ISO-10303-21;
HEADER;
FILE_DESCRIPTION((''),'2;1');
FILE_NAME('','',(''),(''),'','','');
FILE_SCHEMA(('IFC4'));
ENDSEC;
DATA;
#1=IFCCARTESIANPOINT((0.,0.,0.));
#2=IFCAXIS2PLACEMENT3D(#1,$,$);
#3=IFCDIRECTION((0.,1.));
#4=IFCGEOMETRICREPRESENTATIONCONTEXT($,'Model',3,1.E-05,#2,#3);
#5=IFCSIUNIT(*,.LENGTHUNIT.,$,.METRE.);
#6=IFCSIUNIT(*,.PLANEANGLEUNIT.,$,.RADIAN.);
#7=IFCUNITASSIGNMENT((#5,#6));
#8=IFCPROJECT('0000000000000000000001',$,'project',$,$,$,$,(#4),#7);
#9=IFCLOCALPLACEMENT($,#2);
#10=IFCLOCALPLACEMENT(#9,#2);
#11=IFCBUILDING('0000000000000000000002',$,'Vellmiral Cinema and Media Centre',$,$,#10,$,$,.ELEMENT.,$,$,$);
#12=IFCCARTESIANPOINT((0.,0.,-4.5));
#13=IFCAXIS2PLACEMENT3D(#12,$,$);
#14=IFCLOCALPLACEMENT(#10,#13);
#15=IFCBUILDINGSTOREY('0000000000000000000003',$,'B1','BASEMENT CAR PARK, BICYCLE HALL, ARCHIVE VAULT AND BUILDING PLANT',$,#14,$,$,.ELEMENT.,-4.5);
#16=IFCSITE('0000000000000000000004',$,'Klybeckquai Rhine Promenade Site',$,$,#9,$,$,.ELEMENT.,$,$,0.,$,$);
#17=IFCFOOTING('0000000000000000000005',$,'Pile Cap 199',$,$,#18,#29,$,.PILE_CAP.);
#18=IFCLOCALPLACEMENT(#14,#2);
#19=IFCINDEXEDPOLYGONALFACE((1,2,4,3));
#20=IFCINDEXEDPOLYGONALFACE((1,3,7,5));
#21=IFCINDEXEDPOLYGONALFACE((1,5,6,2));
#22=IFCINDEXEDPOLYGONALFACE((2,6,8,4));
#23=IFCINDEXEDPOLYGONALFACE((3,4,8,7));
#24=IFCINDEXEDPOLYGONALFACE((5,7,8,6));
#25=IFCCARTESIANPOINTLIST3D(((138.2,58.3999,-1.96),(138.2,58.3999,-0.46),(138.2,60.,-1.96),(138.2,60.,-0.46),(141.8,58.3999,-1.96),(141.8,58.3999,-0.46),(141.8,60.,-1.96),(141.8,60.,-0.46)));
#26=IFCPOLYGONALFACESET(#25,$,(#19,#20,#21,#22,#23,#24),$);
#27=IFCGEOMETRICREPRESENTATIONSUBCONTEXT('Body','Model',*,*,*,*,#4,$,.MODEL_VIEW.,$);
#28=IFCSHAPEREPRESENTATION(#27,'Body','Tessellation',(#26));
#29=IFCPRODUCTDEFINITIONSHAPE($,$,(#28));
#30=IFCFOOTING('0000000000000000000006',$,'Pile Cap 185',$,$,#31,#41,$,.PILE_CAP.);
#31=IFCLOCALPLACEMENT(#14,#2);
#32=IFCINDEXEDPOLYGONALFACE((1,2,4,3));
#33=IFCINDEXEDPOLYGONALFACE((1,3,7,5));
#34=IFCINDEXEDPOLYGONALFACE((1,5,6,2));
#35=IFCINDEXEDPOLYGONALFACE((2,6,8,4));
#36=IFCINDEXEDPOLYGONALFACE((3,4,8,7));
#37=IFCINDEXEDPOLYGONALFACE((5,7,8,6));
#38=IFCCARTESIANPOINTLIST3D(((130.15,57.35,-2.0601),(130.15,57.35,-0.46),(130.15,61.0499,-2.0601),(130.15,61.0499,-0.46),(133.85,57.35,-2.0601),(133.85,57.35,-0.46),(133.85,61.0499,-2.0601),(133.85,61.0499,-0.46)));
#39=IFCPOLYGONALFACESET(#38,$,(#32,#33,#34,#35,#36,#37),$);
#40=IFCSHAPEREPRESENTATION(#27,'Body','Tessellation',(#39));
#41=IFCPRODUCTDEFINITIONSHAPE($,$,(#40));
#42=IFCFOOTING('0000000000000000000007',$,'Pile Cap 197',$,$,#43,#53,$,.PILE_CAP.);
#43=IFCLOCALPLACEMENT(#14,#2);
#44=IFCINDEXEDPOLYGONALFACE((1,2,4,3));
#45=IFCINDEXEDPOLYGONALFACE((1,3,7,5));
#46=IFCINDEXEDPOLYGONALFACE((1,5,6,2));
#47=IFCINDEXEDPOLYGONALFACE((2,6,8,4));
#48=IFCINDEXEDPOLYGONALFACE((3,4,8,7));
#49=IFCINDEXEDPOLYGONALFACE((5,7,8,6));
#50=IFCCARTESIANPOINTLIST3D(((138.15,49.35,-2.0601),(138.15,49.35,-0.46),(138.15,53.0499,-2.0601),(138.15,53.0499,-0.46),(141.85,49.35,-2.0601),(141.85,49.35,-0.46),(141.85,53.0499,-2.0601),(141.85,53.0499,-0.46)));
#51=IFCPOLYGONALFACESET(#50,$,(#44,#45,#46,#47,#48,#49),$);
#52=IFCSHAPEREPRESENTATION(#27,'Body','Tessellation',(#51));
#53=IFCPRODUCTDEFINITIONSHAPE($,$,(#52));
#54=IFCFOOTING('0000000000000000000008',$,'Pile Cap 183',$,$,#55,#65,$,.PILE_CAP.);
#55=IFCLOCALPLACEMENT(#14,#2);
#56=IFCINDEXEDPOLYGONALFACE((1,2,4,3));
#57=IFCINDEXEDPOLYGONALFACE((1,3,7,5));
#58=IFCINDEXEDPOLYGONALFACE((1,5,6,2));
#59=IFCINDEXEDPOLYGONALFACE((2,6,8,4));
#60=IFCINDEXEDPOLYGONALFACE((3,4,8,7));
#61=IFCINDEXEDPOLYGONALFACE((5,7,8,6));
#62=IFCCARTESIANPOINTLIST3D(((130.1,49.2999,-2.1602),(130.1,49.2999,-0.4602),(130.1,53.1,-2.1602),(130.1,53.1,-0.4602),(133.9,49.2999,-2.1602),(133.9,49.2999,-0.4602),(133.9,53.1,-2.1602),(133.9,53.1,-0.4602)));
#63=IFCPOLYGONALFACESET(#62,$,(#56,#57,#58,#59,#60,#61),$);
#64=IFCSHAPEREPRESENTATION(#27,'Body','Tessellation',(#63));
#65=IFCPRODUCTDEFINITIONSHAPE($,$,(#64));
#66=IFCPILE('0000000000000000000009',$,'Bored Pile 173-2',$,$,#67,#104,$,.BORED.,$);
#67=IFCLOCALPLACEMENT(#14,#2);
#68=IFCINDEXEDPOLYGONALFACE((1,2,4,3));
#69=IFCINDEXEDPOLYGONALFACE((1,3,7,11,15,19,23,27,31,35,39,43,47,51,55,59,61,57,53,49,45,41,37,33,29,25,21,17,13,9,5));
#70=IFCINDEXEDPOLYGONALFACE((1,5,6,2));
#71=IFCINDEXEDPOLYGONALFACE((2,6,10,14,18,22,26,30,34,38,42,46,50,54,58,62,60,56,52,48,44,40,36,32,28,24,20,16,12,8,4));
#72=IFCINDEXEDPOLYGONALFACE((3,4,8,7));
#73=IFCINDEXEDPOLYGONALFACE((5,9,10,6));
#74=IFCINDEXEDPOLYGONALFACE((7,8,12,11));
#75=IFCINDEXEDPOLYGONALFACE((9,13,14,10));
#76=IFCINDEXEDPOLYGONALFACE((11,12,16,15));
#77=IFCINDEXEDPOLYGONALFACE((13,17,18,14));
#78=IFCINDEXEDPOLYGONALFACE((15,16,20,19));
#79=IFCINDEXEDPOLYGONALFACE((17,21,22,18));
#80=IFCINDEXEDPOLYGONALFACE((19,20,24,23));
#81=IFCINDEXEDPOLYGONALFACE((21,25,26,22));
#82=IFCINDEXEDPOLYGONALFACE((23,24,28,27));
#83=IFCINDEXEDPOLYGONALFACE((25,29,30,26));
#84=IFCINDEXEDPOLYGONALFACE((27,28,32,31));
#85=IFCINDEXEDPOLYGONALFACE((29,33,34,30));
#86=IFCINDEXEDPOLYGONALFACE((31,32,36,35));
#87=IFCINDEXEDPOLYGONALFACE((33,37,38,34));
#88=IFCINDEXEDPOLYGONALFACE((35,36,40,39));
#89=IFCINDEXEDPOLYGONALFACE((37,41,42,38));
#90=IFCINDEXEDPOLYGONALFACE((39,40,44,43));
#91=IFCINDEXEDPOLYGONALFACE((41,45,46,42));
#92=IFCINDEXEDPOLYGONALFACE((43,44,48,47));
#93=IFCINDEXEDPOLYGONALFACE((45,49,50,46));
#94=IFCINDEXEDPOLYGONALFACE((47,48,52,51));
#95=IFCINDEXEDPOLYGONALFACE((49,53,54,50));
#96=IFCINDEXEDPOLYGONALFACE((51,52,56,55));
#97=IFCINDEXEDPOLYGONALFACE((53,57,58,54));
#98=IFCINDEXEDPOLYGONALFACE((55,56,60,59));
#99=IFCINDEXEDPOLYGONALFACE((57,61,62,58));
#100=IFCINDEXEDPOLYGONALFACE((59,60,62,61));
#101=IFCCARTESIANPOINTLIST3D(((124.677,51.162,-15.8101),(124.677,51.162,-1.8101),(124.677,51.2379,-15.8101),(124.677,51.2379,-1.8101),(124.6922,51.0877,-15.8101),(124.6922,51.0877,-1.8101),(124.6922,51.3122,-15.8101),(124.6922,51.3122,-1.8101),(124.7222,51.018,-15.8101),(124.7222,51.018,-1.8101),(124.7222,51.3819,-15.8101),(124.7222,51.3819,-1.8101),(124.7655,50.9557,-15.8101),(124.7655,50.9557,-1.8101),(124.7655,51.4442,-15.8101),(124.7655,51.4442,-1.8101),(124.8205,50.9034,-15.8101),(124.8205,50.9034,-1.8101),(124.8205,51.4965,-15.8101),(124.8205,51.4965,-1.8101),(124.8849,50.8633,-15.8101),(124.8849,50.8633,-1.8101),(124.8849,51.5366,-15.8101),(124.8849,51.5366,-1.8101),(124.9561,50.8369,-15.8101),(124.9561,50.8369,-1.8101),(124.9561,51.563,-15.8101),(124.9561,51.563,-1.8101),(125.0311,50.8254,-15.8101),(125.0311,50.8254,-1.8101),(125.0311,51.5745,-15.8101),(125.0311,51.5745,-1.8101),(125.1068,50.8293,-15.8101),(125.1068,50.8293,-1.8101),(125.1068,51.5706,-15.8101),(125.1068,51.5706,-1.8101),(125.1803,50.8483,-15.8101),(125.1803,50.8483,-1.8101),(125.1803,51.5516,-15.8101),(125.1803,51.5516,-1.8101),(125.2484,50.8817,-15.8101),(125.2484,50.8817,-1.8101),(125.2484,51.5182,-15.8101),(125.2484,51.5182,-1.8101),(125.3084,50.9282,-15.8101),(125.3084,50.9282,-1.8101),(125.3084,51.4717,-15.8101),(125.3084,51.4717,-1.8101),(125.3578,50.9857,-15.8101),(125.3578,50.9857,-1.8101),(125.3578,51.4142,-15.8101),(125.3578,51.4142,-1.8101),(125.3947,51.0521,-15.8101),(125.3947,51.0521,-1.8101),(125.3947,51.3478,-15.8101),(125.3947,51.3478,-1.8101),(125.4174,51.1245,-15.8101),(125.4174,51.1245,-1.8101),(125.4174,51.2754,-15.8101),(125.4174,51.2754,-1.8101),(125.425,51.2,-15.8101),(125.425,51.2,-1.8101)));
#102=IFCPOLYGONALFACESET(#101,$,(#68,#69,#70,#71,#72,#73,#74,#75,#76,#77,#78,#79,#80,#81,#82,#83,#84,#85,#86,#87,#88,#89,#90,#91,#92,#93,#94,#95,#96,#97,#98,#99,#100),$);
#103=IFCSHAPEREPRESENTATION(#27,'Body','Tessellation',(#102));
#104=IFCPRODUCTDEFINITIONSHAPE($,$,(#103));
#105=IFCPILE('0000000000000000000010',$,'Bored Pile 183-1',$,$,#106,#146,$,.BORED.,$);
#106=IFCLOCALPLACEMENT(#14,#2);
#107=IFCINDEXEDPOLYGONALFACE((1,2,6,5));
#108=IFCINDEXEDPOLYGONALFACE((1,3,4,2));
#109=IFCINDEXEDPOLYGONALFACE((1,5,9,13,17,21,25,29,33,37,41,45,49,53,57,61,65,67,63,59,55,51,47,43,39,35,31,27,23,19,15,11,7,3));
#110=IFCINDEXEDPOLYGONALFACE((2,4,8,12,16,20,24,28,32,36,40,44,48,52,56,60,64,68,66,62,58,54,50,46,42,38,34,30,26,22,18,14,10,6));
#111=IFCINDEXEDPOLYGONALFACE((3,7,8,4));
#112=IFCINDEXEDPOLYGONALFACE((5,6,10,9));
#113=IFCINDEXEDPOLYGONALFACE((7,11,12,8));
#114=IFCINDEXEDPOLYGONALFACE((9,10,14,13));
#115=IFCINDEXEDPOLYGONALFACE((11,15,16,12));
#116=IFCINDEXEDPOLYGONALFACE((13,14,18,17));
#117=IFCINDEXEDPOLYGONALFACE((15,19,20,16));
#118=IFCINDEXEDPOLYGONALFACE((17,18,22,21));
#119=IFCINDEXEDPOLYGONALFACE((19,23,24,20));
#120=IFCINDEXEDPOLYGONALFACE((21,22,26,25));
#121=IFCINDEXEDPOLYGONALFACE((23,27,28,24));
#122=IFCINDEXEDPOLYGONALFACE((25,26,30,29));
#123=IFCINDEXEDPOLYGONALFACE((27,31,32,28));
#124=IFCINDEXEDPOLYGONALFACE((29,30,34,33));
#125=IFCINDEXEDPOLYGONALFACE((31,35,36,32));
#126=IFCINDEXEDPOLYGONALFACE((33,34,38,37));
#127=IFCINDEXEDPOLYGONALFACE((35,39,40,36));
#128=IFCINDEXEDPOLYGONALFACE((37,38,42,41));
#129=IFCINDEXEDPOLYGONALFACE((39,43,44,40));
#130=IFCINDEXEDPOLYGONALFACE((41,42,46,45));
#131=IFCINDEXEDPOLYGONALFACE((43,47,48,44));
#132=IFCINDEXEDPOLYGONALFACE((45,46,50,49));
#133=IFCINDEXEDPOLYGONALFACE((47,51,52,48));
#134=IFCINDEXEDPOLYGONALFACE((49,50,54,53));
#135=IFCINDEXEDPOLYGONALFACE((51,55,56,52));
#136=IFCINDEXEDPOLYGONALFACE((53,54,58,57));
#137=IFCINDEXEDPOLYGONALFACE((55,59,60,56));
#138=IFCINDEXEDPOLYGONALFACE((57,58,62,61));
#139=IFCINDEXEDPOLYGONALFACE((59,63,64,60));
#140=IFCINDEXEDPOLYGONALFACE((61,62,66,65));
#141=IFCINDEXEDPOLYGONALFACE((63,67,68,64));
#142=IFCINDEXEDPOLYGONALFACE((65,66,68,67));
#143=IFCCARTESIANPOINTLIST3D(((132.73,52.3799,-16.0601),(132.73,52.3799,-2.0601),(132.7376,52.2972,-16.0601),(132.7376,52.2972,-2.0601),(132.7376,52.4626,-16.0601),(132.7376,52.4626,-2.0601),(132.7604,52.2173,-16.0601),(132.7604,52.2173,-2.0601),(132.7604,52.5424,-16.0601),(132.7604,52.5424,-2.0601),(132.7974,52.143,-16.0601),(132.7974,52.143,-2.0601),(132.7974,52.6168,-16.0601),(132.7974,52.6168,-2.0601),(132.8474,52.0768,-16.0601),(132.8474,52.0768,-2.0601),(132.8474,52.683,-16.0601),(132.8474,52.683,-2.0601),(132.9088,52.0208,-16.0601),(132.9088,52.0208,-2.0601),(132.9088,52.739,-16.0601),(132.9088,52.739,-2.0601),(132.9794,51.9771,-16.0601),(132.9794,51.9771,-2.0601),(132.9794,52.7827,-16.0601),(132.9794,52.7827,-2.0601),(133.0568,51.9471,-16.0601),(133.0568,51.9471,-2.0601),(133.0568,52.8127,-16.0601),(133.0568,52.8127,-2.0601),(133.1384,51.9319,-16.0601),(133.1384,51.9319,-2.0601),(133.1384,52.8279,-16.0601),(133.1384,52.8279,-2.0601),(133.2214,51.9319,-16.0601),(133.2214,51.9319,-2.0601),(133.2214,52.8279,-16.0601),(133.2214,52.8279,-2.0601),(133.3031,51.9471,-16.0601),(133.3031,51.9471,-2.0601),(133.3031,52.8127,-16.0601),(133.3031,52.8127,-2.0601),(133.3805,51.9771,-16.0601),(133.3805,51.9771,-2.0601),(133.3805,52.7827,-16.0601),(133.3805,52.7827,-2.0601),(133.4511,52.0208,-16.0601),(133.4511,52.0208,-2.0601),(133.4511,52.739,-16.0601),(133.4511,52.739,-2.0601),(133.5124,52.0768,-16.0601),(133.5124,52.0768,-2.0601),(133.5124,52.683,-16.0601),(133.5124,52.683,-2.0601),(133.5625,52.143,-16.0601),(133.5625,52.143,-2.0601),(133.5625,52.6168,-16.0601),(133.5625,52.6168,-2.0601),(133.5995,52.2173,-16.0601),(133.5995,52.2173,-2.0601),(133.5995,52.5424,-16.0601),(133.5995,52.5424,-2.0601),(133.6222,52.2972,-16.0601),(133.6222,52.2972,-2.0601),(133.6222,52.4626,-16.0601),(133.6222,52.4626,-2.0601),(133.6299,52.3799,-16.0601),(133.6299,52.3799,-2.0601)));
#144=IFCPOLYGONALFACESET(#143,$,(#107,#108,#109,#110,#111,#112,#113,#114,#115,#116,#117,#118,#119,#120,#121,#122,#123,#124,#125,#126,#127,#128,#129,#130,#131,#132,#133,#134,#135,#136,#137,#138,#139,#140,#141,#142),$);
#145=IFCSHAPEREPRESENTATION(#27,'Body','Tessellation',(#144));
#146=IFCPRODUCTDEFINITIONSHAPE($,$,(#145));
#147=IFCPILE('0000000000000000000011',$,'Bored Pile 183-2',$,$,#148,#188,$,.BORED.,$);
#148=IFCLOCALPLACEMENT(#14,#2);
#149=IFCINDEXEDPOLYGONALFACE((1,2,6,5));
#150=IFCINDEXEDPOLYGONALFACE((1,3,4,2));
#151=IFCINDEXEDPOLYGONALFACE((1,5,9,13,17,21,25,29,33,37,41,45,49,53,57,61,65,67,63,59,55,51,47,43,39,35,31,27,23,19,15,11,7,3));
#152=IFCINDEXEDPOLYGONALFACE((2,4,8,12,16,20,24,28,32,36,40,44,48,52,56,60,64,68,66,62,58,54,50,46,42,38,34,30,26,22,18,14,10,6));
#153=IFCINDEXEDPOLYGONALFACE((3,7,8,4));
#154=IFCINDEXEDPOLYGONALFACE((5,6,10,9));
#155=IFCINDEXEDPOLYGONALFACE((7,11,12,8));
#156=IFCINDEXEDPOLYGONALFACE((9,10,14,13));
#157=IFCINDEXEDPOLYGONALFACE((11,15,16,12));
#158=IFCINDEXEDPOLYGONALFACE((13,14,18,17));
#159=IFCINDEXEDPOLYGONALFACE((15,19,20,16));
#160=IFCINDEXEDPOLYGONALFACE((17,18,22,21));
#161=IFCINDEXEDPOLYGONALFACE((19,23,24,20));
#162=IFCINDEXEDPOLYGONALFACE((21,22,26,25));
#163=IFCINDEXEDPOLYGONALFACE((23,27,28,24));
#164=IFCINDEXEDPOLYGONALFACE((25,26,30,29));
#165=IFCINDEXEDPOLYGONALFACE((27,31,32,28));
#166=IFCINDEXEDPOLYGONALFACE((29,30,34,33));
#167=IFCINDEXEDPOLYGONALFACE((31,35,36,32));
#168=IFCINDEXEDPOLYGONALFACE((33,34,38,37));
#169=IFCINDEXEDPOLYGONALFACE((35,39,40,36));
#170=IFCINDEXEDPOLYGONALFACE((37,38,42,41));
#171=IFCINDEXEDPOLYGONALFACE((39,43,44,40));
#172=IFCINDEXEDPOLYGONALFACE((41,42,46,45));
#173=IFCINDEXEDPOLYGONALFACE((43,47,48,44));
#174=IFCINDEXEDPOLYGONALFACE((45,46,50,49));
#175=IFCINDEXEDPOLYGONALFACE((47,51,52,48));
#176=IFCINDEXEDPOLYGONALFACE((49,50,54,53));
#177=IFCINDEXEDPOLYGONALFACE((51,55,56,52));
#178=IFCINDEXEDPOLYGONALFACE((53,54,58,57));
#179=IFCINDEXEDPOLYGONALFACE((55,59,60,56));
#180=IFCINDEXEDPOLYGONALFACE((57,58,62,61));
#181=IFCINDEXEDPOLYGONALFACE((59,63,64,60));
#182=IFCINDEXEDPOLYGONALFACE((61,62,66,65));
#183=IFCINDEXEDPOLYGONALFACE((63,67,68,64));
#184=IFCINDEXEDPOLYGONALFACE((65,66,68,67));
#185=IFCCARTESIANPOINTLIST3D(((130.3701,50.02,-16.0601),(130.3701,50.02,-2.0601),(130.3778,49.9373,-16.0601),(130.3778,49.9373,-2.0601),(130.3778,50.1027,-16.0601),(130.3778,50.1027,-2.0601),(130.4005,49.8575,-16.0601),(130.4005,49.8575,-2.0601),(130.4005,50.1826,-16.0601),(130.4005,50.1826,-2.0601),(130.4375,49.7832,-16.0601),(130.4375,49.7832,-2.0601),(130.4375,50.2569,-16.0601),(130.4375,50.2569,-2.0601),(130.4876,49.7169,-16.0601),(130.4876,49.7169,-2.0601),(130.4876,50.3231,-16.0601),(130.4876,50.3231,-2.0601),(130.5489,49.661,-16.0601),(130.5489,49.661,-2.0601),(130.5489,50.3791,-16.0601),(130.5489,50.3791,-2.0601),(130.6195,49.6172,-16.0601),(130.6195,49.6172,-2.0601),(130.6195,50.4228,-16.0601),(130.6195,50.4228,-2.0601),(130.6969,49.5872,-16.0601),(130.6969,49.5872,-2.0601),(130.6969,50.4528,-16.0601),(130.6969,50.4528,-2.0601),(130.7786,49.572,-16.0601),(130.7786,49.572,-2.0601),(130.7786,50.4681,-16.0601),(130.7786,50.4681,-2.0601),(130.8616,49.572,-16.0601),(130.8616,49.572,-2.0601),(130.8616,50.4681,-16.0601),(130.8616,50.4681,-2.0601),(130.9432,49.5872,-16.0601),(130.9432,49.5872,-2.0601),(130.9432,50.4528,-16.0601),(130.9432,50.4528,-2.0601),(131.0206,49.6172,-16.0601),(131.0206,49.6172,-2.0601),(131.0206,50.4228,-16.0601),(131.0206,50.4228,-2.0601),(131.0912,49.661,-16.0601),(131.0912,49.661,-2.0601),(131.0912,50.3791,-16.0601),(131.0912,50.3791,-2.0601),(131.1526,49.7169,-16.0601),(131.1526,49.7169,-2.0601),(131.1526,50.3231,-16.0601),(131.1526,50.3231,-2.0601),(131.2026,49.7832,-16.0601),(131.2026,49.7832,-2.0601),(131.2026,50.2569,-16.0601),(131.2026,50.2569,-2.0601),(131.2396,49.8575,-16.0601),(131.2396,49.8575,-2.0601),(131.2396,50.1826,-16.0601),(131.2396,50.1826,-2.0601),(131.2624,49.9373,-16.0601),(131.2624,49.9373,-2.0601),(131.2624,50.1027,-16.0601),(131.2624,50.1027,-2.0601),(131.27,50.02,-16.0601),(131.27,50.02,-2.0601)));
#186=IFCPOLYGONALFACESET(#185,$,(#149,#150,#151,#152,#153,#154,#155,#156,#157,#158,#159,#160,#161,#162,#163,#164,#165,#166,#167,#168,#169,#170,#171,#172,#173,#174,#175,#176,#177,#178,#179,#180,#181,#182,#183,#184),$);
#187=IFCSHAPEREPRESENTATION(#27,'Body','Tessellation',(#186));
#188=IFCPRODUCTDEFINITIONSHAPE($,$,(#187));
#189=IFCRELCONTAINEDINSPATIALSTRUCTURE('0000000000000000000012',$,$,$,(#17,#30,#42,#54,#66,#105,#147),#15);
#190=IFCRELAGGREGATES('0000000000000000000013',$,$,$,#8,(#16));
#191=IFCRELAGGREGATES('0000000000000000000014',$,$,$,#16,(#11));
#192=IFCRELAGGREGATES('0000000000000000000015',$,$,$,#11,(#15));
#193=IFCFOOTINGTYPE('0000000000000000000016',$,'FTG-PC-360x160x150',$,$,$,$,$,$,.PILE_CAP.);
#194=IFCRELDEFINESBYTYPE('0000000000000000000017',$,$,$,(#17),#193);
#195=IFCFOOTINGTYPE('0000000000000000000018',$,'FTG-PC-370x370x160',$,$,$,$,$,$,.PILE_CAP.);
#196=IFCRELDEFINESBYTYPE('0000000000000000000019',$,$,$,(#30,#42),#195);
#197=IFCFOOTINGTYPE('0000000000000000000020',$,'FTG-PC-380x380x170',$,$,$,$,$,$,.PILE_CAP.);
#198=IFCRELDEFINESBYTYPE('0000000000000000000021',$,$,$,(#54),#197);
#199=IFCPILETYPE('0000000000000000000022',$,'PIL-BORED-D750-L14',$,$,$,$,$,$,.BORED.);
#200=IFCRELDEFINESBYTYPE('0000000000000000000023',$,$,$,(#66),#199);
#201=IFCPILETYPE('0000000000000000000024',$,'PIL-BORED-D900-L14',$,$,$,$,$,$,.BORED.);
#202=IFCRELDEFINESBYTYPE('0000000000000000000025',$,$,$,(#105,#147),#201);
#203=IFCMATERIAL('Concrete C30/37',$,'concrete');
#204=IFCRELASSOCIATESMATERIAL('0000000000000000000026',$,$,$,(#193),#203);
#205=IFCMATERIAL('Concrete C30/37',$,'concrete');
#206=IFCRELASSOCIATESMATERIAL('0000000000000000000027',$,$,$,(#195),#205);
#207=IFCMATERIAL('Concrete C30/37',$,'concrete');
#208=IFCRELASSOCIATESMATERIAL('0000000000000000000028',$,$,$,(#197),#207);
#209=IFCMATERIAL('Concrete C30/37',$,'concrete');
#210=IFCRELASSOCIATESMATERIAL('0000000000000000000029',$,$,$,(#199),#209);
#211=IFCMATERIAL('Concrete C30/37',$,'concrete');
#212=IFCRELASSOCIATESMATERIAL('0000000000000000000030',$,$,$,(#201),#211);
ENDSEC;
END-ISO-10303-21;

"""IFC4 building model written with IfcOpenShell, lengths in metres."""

from ifc_helpers import new_model, si_unit, direction, frame, origin, origin_2d, place, context, subcontext, project, spatial, rectangle, circle, extrude, material, material_profile, profile_set, type_object, element, save


model = new_model("IFC4")

# Units and contexts
model_context = context("Model", 3, precision=1e-05, world=origin(), true_north=direction((0.0, 1.0)))
body_context = subcontext(model_context, "Body", "Model", "MODEL_VIEW")
ifc_project = project(units=[si_unit("LENGTHUNIT", "METRE"), si_unit("PLANEANGLEUNIT", "RADIAN")], contexts=[model_context])

# Site, building, storey
site_placement = place(None, origin())
site = spatial("IfcSite", under=ifc_project, at=site_placement, Name="Klybeckquai Rhine Promenade Site", CompositionType="ELEMENT", RefElevation=0.0)
building_placement = place(site_placement, origin())
building = spatial("IfcBuilding", under=site, at=building_placement, Name="Vellmiral Cinema and Media Centre", CompositionType="ELEMENT")
storey_placement = place(building_placement, frame((0.0, 0.0, -4.5)))
storey = spatial("IfcBuildingStorey", under=building, at=storey_placement, Name="B1", Description="BASEMENT CAR PARK, BICYCLE HALL, ARCHIVE VAULT AND BUILDING PLANT", CompositionType="ELEMENT", Elevation=-4.5)

# Footings
ifc_material_1 = material(Name="Concrete C30/37", Category="concrete")
footing_type_1 = type_object("IfcFootingType", Name="FTG-PC-360x160x150", PredefinedType="PILE_CAP", material=ifc_material_1)
footing_1_placement = place(storey_placement, frame((140.0, 59.2, -1.96), z_axis=(0.0, 0.0, 1.0), x_axis=(1.0, 0.0, 0.0)))
element("IfcFooting", 1, at=footing_1_placement, inside=storey, type_object=footing_type_1, Name="Pile Cap 199", PredefinedType="PILE_CAP", context=body_context, shape_type="SweptSolid", body=[
    extrude(rectangle(XDim=3.6001, YDim=1.6001, at=origin_2d()), origin(), (0.0, 0.0, 1.0), 1.5),
])
ifc_material_2 = material(Name="Concrete C30/37", Category="concrete")
footing_type_2 = type_object("IfcFootingType", Name="FTG-PC-370x370x160", PredefinedType="PILE_CAP", material=ifc_material_2)
for number, where, z_axis, x_axis, name in (
    (2, (132.0, 59.2, -2.0601), (0.0, 0.0, 1.0), (1.0, 0.0, 0.0), "Pile Cap 185"),
    (3, (140.0, 51.2, -2.0601), (0.0, 0.0, 1.0), (1.0, 0.0, 0.0), "Pile Cap 197"),
):
    element("IfcFooting", number, at=place(storey_placement, frame(where, z_axis=z_axis, x_axis=x_axis)), inside=storey, type_object=footing_type_2, Name=name, PredefinedType="PILE_CAP", context=body_context, shape_type="SweptSolid", body=[
        extrude(rectangle(XDim=3.7, YDim=3.7, at=origin_2d()), origin(), (0.0, 0.0, 1.0), 1.6001),
    ])
ifc_material_3 = material(Name="Concrete C30/37", Category="concrete")
footing_type_3 = type_object("IfcFootingType", Name="FTG-PC-380x380x170", PredefinedType="PILE_CAP", material=ifc_material_3)
footing_2_placement = place(storey_placement, frame((132.0, 51.2, -2.1602), z_axis=(0.0, 0.0, 1.0), x_axis=(1.0, 0.0, 0.0)))
element("IfcFooting", 4, at=footing_2_placement, inside=storey, type_object=footing_type_3, Name="Pile Cap 183", PredefinedType="PILE_CAP", context=body_context, shape_type="SweptSolid", body=[
    extrude(rectangle(XDim=3.8, YDim=3.8, at=origin_2d()), origin(), (0.0, 0.0, 1.0), 1.7),
])

# Piles
ifc_material_4 = material(Name="Concrete C30/37", Category="concrete")
ifc_material_profile_1 = material_profile(ifc_material_4, circle(Radius=0.375, at=origin_2d()), Name="PILE D750")
ifc_profile_set_1 = profile_set([ifc_material_profile_1], Name="Concrete C30/37")
pile_type_1 = type_object("IfcPileType", Name="PIL-BORED-D750-L14", PredefinedType="BORED", material=ifc_profile_set_1)
pile_placement = place(storey_placement, frame((125.05, 51.2, -1.8101), z_axis=(0.0, 0.0, -1.0), x_axis=(1.0, 0.0, 0.0)))
element("IfcPile", 5, at=pile_placement, inside=storey, type_object=pile_type_1, Name="Bored Pile 173-2", PredefinedType="BORED", context=body_context, shape_type="SweptSolid", body=[
    extrude(circle(Radius=0.375, at=origin_2d()), origin(), (0.0, 0.0, 1.0), 14.0),
])
ifc_material_5 = material(Name="Concrete C30/37", Category="concrete")
ifc_material_profile_2 = material_profile(ifc_material_5, circle(Radius=0.45, at=origin_2d()), Name="PILE D900")
ifc_profile_set_2 = profile_set([ifc_material_profile_2], Name="Concrete C30/37")
pile_type_2 = type_object("IfcPileType", Name="PIL-BORED-D900-L14", PredefinedType="BORED", material=ifc_profile_set_2)
for number, where, z_axis, x_axis, name in (
    (6, (133.1799, 52.3799, -2.0601), (0.0, 0.0, -1.0), (1.0, 0.0, 0.0), "Bored Pile 183-1"),
    (7, (130.8201, 50.02, -2.0601), (0.0, 0.0, -1.0), (1.0, 0.0, 0.0), "Bored Pile 183-2"),
):
    element("IfcPile", number, at=place(storey_placement, frame(where, z_axis=z_axis, x_axis=x_axis)), inside=storey, type_object=pile_type_2, Name=name, PredefinedType="BORED", context=body_context, shape_type="SweptSolid", body=[
        extrude(circle(Radius=0.45, at=origin_2d()), origin(), (0.0, 0.0, 1.0), 14.0),
    ])

save(model, "model.ifc")
